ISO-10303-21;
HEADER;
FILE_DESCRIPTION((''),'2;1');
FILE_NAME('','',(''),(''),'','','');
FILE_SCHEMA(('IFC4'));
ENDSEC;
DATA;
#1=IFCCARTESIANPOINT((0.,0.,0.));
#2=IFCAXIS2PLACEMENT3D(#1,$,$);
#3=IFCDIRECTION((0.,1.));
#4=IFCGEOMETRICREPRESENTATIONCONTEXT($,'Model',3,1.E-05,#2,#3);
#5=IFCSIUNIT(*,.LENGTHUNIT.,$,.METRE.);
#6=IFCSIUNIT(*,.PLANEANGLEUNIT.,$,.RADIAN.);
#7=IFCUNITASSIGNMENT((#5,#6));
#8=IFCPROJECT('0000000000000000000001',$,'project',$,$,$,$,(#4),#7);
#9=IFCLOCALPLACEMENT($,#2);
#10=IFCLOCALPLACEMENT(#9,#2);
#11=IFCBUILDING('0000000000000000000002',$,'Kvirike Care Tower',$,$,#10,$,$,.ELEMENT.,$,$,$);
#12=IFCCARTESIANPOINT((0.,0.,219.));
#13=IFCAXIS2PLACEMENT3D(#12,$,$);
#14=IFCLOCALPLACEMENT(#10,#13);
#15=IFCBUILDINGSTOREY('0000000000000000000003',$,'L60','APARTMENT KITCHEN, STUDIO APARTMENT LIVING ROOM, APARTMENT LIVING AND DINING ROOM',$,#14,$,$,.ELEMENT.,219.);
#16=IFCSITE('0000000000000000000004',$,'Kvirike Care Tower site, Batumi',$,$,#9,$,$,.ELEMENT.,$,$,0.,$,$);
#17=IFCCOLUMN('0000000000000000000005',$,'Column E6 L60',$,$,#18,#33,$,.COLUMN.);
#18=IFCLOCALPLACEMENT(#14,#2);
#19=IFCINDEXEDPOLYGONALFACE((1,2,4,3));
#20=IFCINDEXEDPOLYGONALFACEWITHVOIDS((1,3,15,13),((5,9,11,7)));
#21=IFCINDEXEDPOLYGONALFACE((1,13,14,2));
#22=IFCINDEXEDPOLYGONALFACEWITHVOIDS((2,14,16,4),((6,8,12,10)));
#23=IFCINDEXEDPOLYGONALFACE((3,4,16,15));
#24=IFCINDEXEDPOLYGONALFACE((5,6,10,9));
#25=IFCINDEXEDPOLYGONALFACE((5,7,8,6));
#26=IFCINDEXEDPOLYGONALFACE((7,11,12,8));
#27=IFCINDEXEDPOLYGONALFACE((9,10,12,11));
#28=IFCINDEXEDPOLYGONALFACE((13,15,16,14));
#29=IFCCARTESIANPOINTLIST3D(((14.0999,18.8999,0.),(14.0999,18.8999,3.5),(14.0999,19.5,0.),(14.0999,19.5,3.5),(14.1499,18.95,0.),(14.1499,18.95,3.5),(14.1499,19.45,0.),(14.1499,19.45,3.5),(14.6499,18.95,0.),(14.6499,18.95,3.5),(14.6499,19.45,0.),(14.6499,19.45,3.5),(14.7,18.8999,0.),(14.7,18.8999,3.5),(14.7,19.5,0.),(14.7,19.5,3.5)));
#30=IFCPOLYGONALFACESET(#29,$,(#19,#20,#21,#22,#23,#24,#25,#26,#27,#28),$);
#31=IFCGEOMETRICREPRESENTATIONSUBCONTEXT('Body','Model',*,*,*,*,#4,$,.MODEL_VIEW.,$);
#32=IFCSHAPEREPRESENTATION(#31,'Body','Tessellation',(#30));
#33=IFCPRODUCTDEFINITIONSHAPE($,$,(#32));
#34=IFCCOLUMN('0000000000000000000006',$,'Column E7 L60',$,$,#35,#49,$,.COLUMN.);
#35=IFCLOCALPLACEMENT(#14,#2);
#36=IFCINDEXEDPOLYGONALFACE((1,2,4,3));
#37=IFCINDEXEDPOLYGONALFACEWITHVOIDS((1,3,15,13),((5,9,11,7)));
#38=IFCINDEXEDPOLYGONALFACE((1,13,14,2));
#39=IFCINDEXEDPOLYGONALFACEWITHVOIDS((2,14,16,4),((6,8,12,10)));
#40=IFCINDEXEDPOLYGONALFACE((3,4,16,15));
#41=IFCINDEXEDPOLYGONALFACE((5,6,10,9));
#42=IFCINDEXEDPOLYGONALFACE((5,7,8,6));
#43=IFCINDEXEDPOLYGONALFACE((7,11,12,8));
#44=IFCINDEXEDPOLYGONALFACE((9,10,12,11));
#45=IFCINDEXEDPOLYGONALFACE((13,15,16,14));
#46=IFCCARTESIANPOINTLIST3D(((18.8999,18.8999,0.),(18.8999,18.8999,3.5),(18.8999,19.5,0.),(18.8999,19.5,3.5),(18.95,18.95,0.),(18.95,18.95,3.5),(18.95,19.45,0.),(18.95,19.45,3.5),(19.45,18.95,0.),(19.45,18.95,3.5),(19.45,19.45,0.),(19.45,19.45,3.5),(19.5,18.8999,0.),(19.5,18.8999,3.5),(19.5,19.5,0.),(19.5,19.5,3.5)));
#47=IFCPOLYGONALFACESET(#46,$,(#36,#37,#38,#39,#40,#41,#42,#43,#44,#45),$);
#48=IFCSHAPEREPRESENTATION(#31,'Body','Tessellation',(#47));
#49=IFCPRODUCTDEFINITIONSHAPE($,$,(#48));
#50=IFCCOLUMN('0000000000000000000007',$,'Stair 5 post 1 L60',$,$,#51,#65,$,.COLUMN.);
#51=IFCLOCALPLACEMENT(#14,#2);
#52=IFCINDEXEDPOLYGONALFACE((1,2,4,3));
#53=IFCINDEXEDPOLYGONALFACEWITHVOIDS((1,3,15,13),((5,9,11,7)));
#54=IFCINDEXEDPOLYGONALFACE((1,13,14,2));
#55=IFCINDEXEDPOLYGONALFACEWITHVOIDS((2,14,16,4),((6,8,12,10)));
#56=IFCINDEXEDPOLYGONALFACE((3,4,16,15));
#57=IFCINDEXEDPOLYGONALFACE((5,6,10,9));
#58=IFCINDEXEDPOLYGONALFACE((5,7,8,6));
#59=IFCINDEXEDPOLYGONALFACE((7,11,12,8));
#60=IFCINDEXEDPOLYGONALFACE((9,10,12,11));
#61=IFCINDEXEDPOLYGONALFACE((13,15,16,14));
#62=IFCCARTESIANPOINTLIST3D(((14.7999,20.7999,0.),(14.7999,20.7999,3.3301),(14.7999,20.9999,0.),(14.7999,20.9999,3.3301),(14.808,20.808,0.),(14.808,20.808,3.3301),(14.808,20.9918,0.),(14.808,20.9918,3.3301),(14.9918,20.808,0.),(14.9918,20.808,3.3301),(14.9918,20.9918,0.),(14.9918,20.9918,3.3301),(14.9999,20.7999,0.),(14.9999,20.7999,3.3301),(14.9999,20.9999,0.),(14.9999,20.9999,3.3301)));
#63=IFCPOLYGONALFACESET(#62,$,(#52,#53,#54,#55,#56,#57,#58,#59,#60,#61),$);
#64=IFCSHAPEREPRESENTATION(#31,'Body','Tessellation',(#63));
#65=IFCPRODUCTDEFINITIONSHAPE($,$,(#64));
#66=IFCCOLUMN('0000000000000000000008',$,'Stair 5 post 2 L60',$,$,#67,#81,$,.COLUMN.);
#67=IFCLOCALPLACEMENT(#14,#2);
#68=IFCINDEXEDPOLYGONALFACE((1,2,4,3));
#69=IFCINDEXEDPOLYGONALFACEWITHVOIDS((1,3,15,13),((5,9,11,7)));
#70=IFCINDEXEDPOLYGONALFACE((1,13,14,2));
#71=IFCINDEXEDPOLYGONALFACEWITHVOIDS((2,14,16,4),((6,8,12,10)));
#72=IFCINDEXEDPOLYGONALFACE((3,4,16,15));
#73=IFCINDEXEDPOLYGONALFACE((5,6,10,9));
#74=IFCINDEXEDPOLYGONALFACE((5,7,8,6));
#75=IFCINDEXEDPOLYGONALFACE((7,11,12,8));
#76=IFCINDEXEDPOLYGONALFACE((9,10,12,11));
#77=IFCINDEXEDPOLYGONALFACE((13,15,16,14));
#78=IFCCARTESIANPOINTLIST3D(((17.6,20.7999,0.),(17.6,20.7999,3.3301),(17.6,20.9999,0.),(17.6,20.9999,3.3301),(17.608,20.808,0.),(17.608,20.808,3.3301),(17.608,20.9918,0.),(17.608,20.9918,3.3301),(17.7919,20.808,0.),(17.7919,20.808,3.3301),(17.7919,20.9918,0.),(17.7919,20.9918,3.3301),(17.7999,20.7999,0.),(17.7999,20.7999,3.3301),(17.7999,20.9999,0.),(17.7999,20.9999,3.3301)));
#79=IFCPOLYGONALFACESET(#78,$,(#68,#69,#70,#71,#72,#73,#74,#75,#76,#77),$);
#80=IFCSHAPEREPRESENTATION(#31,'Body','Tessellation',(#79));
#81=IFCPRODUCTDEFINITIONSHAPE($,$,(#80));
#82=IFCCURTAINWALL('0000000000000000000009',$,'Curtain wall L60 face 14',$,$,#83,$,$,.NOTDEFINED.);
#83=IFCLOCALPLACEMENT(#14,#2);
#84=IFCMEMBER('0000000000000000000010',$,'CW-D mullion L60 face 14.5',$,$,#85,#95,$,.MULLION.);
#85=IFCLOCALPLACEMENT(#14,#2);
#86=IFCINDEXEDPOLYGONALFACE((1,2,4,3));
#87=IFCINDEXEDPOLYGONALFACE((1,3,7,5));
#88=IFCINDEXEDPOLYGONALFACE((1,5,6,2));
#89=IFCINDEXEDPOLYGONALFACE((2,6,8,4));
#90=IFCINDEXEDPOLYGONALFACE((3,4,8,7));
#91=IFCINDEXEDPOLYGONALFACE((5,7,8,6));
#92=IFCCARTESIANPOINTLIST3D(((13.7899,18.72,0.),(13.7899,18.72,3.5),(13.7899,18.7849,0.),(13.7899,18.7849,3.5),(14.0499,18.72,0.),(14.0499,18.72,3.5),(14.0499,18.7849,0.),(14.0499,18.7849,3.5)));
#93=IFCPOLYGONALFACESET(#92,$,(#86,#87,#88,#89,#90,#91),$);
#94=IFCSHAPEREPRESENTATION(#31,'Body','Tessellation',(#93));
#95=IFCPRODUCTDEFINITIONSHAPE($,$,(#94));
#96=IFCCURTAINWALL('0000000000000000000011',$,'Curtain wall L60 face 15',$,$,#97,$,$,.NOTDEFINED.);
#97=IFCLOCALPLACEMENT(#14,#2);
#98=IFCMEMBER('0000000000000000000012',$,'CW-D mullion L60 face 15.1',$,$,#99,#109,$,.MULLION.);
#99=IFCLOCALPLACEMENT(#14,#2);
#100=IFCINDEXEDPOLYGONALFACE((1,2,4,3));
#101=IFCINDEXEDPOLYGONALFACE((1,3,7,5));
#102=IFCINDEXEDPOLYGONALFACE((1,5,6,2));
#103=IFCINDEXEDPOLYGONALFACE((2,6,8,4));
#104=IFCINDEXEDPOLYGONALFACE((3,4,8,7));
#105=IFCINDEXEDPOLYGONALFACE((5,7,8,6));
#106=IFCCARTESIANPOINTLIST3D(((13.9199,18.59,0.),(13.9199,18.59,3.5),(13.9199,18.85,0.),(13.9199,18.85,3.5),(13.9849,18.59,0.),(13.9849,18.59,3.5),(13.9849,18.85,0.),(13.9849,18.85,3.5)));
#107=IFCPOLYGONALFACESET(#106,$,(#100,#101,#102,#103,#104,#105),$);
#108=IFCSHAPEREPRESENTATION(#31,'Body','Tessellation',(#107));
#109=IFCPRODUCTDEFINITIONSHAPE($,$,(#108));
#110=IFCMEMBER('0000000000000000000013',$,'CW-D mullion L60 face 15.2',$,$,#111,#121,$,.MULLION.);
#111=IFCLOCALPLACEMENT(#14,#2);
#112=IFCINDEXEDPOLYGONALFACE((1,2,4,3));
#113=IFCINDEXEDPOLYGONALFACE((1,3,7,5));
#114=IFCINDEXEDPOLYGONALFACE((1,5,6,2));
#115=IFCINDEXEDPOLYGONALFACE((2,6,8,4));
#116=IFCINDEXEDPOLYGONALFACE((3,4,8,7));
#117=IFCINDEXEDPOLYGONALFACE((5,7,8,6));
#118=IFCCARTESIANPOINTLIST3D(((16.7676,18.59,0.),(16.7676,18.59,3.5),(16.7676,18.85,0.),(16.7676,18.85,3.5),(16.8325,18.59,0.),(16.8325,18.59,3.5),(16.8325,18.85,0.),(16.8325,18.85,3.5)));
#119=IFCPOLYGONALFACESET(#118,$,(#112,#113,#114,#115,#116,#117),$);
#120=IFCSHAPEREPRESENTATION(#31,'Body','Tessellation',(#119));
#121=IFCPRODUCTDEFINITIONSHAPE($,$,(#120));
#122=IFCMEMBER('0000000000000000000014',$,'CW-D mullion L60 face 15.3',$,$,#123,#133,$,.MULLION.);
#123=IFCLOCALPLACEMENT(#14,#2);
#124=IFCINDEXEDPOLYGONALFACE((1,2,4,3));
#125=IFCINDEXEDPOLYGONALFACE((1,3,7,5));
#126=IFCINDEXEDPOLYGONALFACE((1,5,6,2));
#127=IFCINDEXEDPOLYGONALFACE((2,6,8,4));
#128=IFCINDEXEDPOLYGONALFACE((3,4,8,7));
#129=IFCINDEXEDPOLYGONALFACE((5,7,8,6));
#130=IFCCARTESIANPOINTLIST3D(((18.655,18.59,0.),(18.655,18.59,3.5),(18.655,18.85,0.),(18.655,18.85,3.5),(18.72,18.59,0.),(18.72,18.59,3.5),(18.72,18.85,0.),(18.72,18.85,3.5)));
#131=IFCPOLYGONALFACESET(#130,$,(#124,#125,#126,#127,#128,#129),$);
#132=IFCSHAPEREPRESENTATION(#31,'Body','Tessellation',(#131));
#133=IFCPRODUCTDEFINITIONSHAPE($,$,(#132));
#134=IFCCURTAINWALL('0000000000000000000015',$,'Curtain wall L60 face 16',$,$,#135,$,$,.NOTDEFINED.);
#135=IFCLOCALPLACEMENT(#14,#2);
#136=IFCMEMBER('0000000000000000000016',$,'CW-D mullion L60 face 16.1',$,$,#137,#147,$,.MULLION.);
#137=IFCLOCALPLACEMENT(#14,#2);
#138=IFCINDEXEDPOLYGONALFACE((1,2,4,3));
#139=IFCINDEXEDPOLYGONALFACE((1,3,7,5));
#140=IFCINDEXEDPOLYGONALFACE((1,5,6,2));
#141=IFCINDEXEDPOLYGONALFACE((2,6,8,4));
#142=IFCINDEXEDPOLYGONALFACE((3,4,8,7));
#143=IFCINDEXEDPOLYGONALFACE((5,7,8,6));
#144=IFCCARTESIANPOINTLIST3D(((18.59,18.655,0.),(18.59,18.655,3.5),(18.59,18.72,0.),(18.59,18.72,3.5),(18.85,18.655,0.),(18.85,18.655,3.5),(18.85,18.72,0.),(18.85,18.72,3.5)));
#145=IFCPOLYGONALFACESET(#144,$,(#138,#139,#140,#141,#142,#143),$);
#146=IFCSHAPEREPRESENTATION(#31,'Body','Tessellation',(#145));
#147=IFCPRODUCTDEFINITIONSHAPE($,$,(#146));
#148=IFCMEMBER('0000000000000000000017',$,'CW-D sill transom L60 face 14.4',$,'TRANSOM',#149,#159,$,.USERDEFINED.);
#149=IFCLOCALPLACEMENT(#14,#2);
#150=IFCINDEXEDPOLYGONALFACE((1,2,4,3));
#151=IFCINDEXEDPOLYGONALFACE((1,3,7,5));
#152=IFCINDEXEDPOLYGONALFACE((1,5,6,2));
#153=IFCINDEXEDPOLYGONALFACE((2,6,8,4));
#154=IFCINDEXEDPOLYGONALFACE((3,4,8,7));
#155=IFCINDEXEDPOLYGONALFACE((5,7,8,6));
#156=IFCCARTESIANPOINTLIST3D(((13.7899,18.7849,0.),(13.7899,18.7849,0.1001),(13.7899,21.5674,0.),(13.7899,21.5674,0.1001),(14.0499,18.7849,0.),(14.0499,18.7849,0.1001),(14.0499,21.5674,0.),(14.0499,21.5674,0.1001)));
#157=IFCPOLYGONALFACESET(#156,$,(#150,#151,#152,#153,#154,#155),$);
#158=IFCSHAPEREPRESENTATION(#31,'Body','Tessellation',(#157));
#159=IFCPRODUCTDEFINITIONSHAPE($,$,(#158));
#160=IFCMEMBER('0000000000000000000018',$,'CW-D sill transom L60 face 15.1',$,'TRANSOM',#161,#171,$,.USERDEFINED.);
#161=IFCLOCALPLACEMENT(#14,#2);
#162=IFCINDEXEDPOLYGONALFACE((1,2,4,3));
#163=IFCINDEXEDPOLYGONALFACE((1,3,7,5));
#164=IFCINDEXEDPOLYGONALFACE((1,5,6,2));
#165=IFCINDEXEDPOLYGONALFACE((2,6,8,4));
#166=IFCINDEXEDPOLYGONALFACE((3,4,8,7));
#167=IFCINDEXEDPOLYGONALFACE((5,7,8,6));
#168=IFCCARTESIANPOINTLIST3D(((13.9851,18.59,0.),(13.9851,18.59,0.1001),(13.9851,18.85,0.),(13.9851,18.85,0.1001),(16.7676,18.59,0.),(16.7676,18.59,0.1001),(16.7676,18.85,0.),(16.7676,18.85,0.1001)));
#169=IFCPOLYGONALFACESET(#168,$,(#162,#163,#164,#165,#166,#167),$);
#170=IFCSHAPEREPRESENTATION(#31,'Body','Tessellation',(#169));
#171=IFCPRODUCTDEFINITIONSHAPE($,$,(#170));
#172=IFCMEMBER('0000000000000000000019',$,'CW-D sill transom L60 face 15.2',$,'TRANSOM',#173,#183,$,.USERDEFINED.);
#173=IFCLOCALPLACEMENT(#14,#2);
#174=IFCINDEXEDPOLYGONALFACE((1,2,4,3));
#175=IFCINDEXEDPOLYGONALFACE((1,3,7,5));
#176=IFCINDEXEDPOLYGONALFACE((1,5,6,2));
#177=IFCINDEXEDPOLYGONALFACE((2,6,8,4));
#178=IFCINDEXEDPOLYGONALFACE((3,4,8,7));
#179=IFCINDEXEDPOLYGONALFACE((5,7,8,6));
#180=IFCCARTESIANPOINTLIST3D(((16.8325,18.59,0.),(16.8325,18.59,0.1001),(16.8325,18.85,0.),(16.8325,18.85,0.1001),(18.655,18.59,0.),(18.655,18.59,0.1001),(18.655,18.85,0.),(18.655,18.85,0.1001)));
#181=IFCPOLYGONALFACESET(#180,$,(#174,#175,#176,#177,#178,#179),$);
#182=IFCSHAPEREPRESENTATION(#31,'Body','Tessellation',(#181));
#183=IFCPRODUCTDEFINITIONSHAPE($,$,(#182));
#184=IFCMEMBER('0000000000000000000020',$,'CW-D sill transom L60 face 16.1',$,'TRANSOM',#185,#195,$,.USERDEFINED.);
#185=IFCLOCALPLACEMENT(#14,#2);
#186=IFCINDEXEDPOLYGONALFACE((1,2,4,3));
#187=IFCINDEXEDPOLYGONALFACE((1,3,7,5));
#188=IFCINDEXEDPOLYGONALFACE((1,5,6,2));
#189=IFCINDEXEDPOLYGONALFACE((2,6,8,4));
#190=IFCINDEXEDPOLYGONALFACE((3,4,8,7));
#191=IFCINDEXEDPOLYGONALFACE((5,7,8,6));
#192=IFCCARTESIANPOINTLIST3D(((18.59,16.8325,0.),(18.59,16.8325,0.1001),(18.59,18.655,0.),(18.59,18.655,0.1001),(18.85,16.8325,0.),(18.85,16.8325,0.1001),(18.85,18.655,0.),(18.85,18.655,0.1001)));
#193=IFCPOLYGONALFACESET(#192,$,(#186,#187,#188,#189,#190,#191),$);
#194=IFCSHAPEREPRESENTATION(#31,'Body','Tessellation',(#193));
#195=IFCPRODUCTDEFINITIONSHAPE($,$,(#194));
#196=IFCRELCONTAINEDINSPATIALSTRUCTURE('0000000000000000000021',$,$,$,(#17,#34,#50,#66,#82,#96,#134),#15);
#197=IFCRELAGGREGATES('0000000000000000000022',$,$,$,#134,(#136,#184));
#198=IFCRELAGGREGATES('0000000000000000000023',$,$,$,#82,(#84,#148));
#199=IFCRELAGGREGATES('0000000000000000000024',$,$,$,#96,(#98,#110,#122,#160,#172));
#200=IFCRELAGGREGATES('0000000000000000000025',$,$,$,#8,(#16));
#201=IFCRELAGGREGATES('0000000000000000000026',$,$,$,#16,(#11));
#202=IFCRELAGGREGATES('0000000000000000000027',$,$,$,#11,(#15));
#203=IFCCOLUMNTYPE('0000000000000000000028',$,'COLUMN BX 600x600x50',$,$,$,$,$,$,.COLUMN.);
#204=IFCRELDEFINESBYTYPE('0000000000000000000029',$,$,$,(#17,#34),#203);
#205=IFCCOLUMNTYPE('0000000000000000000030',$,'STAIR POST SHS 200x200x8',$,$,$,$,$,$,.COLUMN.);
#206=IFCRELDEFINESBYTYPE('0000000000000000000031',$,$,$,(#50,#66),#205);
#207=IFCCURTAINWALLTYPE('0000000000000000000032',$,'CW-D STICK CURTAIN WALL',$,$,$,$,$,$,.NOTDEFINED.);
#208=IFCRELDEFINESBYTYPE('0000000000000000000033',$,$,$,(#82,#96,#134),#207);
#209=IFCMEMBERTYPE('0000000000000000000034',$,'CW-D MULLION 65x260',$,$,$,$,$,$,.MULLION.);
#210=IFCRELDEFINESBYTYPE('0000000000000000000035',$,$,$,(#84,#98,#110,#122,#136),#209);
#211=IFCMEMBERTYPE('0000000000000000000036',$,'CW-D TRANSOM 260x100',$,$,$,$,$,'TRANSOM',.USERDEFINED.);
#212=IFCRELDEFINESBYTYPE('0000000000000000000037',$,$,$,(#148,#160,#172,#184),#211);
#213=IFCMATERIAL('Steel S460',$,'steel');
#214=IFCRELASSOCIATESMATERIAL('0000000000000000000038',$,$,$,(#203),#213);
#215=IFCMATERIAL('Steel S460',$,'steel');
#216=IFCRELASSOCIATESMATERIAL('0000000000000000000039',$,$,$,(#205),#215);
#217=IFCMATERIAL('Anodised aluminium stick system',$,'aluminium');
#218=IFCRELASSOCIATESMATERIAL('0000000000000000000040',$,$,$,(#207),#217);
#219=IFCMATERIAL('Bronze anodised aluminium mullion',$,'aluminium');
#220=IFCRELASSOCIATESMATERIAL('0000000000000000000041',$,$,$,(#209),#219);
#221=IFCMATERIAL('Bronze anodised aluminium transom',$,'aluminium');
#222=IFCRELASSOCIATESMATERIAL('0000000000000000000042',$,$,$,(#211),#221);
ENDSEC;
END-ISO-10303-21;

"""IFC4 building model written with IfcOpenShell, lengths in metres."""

from ifc_helpers import new_model, si_unit, direction, frame, origin, origin_2d, place, context, subcontext, project, spatial, rectangle, hollow_rectangle, extrude, material, material_profile, profile_set, type_object, element, aggregate, save


model = new_model("IFC4")

# Units and contexts
model_context = context("Model", 3, precision=1e-05, world=origin(), true_north=direction((0.0, 1.0)))
body_context = subcontext(model_context, "Body", "Model", "MODEL_VIEW")
ifc_project = project(units=[si_unit("LENGTHUNIT", "METRE"), si_unit("PLANEANGLEUNIT", "RADIAN")], contexts=[model_context])

# Site, building, storey
site_placement = place(None, origin())
site = spatial("IfcSite", under=ifc_project, at=site_placement, Name="Kvirike Care Tower site, Batumi", CompositionType="ELEMENT", RefElevation=0.0)
building_placement = place(site_placement, origin())
building = spatial("IfcBuilding", under=site, at=building_placement, Name="Kvirike Care Tower", CompositionType="ELEMENT")
storey_placement = place(building_placement, frame((0.0, 0.0, 219.0)))
storey = spatial("IfcBuildingStorey", under=building, at=storey_placement, Name="L60", Description="APARTMENT KITCHEN, STUDIO APARTMENT LIVING ROOM, APARTMENT LIVING AND DINING ROOM", CompositionType="ELEMENT", Elevation=219.0)

# Columns
ifc_material_1 = material(Name="Steel S460", Category="steel")
ifc_material_profile_1 = material_profile(ifc_material_1, hollow_rectangle(XDim=0.6001, YDim=0.6001, WallThickness=0.05, at=origin_2d()), Name="BX 600x600x50")
ifc_profile_set_1 = profile_set([ifc_material_profile_1], Name="Steel S460")
column_type_1 = type_object("IfcColumnType", Name="COLUMN BX 600x600x50", PredefinedType="COLUMN", material=ifc_profile_set_1)
for number, where, z_axis, x_axis, name in (
    (1, (14.3999, 19.2, 0.0), (0.0, 0.0, 1.0), (0.0, 1.0, 0.0), "Column E6 L60"),
    (2, (19.2, 19.2, 0.0), (0.0, 0.0, 1.0), (0.0, 1.0, 0.0), "Column E7 L60"),
):
    element("IfcColumn", number, at=place(storey_placement, frame(where, z_axis=z_axis, x_axis=x_axis)), inside=storey, type_object=column_type_1, Name=name, PredefinedType="COLUMN", context=body_context, shape_type="SweptSolid", body=[
        extrude(hollow_rectangle(XDim=0.6001, YDim=0.6001, WallThickness=0.05, at=origin_2d()), origin(), (0.0, 0.0, 1.0), 3.5),
    ])
ifc_material_2 = material(Name="Steel S460", Category="steel")
ifc_material_profile_2 = material_profile(ifc_material_2, hollow_rectangle(XDim=0.2, YDim=0.2, WallThickness=0.0081, at=origin_2d()), Name="SHS 200x200x8")
ifc_profile_set_2 = profile_set([ifc_material_profile_2], Name="Steel S460")
column_type_2 = type_object("IfcColumnType", Name="STAIR POST SHS 200x200x8", PredefinedType="COLUMN", material=ifc_profile_set_2)
for number, where, z_axis, x_axis, name in (
    (3, (14.8999, 20.8999, 0.0), (0.0, 0.0, 1.0), (1.0, 0.0, 0.0), "Stair 5 post 1 L60"),
    (4, (17.7, 20.8999, 0.0), (0.0, 0.0, 1.0), (1.0, 0.0, 0.0), "Stair 5 post 2 L60"),
):
    element("IfcColumn", number, at=place(storey_placement, frame(where, z_axis=z_axis, x_axis=x_axis)), inside=storey, type_object=column_type_2, Name=name, PredefinedType="COLUMN", context=body_context, shape_type="SweptSolid", body=[
        extrude(hollow_rectangle(XDim=0.2, YDim=0.2, WallThickness=0.0081, at=origin_2d()), origin(), (0.0, 0.0, 1.0), 3.3301),
    ])

# Curtain wall, member
ifc_material_3 = material(Name="Anodised aluminium stick system", Category="aluminium")
curtain_wall_type = type_object("IfcCurtainWallType", Name="CW-D STICK CURTAIN WALL", PredefinedType="NOTDEFINED", material=ifc_material_3)
curtain_wall_1_placement = place(storey_placement, origin())
curtain_wall_1 = element("IfcCurtainWall", 5, at=curtain_wall_1_placement, inside=storey, type_object=curtain_wall_type, Name="Curtain wall L60 face 14", PredefinedType="NOTDEFINED")
ifc_material_4 = material(Name="Bronze anodised aluminium mullion", Category="aluminium")
ifc_material_profile_3 = material_profile(ifc_material_4, rectangle(XDim=0.0649, YDim=0.26, at=origin_2d()), Name="CW-D MULLION 65x260")
ifc_profile_set_3 = profile_set([ifc_material_profile_3], Name="Bronze anodised aluminium mullion")
member_type_1 = type_object("IfcMemberType", Name="CW-D MULLION 65x260", PredefinedType="MULLION", material=ifc_profile_set_3)
member_1_placement = place(storey_placement, frame((13.9199, 18.7524, 0.0), z_axis=(0.0, 0.0, 1.0), x_axis=(0.0, -1.0, 0.0)))
member_1 = element("IfcMember", 6, at=member_1_placement, type_object=member_type_1, Name="CW-D mullion L60 face 14.5", PredefinedType="MULLION", context=body_context, shape_type="SweptSolid", body=[
    extrude(rectangle(XDim=0.0649, YDim=0.26, at=origin_2d()), origin(), (0.0, 0.0, 1.0), 3.5),
])

# Curtain wall, members
curtain_wall_2_placement = place(storey_placement, origin())
curtain_wall_2 = element("IfcCurtainWall", 7, at=curtain_wall_2_placement, inside=storey, type_object=curtain_wall_type, Name="Curtain wall L60 face 15", PredefinedType="NOTDEFINED")
member_2_placement = place(storey_placement, frame((13.9524, 18.72, 0.0), z_axis=(0.0, 0.0, 1.0), x_axis=(1.0, 0.0, 0.0)))
member_2 = element("IfcMember", 8, at=member_2_placement, type_object=member_type_1, Name="CW-D mullion L60 face 15.1", PredefinedType="MULLION", context=body_context, shape_type="SweptSolid", body=[
    extrude(rectangle(XDim=0.0649, YDim=0.26, at=origin_2d()), origin(), (0.0, 0.0, 1.0), 3.5),
])
member_3_placement = place(storey_placement, frame((16.8, 18.72, 0.0), z_axis=(0.0, 0.0, 1.0), x_axis=(1.0, 0.0, 0.0)))
member_3 = element("IfcMember", 9, at=member_3_placement, type_object=member_type_1, Name="CW-D mullion L60 face 15.2", PredefinedType="MULLION", context=body_context, shape_type="SweptSolid", body=[
    extrude(rectangle(XDim=0.0649, YDim=0.26, at=origin_2d()), origin(), (0.0, 0.0, 1.0), 3.5),
])
member_4_placement = place(storey_placement, frame((18.6875, 18.72, 0.0), z_axis=(0.0, 0.0, 1.0), x_axis=(1.0, 0.0, 0.0)))
member_4 = element("IfcMember", 10, at=member_4_placement, type_object=member_type_1, Name="CW-D mullion L60 face 15.3", PredefinedType="MULLION", context=body_context, shape_type="SweptSolid", body=[
    extrude(rectangle(XDim=0.0649, YDim=0.26, at=origin_2d()), origin(), (0.0, 0.0, 1.0), 3.5),
])

# Curtain wall, member
curtain_wall_3_placement = place(storey_placement, origin())
curtain_wall_3 = element("IfcCurtainWall", 11, at=curtain_wall_3_placement, inside=storey, type_object=curtain_wall_type, Name="Curtain wall L60 face 16", PredefinedType="NOTDEFINED")
member_5_placement = place(storey_placement, frame((18.72, 18.6875, 0.0), z_axis=(0.0, 0.0, 1.0), x_axis=(0.0, -1.0, 0.0)))
member_5 = element("IfcMember", 12, at=member_5_placement, type_object=member_type_1, Name="CW-D mullion L60 face 16.1", PredefinedType="MULLION", context=body_context, shape_type="SweptSolid", body=[
    extrude(rectangle(XDim=0.0649, YDim=0.26, at=origin_2d()), origin(), (0.0, 0.0, 1.0), 3.5),
])

# Members
ifc_material_5 = material(Name="Bronze anodised aluminium transom", Category="aluminium")
ifc_material_profile_4 = material_profile(ifc_material_5, rectangle(XDim=0.26, YDim=0.1001, at=origin_2d()), Name="CW-D TRANSOM 260x100")
ifc_profile_set_4 = profile_set([ifc_material_profile_4], Name="Bronze anodised aluminium transom")
member_type_2 = type_object("IfcMemberType", Name="CW-D TRANSOM 260x100", ElementType="TRANSOM", PredefinedType="USERDEFINED", material=ifc_profile_set_4)
member_6_placement = place(storey_placement, frame((13.9199, 21.5674, 0.05), z_axis=(0.0, -1.0, 0.0), x_axis=(1.0, 0.0, 0.0)))
member_6 = element("IfcMember", 13, at=member_6_placement, type_object=member_type_2, Name="CW-D sill transom L60 face 14.4", ObjectType="TRANSOM", PredefinedType="USERDEFINED", context=body_context, shape_type="SweptSolid", body=[
    extrude(rectangle(XDim=0.26, YDim=0.1001, at=origin_2d()), origin(), (0.0, 0.0, 1.0), 2.7825),
])
member_7_placement = place(storey_placement, frame((13.9851, 18.72, 0.05), z_axis=(1.0, 0.0, 0.0), x_axis=(0.0, 1.0, 0.0)))
member_7 = element("IfcMember", 14, at=member_7_placement, type_object=member_type_2, Name="CW-D sill transom L60 face 15.1", ObjectType="TRANSOM", PredefinedType="USERDEFINED", context=body_context, shape_type="SweptSolid", body=[
    extrude(rectangle(XDim=0.26, YDim=0.1001, at=origin_2d()), origin(), (0.0, 0.0, 1.0), 2.7825),
])
member_8_placement = place(storey_placement, frame((16.8325, 18.72, 0.05), z_axis=(1.0, 0.0, 0.0), x_axis=(0.0, 1.0, 0.0)))
member_8 = element("IfcMember", 15, at=member_8_placement, type_object=member_type_2, Name="CW-D sill transom L60 face 15.2", ObjectType="TRANSOM", PredefinedType="USERDEFINED", context=body_context, shape_type="SweptSolid", body=[
    extrude(rectangle(XDim=0.26, YDim=0.1001, at=origin_2d()), origin(), (0.0, 0.0, 1.0), 1.8225),
])
member_9_placement = place(storey_placement, frame((18.72, 18.655, 0.05), z_axis=(0.0, -1.0, 0.0), x_axis=(1.0, 0.0, 0.0)))
member_9 = element("IfcMember", 16, at=member_9_placement, type_object=member_type_2, Name="CW-D sill transom L60 face 16.1", ObjectType="TRANSOM", PredefinedType="USERDEFINED", context=body_context, shape_type="SweptSolid", body=[
    extrude(rectangle(XDim=0.26, YDim=0.1001, at=origin_2d()), origin(), (0.0, 0.0, 1.0), 1.8225),
])
aggregate(curtain_wall_3, [member_5, member_9])

aggregate(curtain_wall_1, [member_1, member_6])
aggregate(curtain_wall_2, [member_2, member_3, member_4, member_7, member_8])

save(model, "model.ifc")
